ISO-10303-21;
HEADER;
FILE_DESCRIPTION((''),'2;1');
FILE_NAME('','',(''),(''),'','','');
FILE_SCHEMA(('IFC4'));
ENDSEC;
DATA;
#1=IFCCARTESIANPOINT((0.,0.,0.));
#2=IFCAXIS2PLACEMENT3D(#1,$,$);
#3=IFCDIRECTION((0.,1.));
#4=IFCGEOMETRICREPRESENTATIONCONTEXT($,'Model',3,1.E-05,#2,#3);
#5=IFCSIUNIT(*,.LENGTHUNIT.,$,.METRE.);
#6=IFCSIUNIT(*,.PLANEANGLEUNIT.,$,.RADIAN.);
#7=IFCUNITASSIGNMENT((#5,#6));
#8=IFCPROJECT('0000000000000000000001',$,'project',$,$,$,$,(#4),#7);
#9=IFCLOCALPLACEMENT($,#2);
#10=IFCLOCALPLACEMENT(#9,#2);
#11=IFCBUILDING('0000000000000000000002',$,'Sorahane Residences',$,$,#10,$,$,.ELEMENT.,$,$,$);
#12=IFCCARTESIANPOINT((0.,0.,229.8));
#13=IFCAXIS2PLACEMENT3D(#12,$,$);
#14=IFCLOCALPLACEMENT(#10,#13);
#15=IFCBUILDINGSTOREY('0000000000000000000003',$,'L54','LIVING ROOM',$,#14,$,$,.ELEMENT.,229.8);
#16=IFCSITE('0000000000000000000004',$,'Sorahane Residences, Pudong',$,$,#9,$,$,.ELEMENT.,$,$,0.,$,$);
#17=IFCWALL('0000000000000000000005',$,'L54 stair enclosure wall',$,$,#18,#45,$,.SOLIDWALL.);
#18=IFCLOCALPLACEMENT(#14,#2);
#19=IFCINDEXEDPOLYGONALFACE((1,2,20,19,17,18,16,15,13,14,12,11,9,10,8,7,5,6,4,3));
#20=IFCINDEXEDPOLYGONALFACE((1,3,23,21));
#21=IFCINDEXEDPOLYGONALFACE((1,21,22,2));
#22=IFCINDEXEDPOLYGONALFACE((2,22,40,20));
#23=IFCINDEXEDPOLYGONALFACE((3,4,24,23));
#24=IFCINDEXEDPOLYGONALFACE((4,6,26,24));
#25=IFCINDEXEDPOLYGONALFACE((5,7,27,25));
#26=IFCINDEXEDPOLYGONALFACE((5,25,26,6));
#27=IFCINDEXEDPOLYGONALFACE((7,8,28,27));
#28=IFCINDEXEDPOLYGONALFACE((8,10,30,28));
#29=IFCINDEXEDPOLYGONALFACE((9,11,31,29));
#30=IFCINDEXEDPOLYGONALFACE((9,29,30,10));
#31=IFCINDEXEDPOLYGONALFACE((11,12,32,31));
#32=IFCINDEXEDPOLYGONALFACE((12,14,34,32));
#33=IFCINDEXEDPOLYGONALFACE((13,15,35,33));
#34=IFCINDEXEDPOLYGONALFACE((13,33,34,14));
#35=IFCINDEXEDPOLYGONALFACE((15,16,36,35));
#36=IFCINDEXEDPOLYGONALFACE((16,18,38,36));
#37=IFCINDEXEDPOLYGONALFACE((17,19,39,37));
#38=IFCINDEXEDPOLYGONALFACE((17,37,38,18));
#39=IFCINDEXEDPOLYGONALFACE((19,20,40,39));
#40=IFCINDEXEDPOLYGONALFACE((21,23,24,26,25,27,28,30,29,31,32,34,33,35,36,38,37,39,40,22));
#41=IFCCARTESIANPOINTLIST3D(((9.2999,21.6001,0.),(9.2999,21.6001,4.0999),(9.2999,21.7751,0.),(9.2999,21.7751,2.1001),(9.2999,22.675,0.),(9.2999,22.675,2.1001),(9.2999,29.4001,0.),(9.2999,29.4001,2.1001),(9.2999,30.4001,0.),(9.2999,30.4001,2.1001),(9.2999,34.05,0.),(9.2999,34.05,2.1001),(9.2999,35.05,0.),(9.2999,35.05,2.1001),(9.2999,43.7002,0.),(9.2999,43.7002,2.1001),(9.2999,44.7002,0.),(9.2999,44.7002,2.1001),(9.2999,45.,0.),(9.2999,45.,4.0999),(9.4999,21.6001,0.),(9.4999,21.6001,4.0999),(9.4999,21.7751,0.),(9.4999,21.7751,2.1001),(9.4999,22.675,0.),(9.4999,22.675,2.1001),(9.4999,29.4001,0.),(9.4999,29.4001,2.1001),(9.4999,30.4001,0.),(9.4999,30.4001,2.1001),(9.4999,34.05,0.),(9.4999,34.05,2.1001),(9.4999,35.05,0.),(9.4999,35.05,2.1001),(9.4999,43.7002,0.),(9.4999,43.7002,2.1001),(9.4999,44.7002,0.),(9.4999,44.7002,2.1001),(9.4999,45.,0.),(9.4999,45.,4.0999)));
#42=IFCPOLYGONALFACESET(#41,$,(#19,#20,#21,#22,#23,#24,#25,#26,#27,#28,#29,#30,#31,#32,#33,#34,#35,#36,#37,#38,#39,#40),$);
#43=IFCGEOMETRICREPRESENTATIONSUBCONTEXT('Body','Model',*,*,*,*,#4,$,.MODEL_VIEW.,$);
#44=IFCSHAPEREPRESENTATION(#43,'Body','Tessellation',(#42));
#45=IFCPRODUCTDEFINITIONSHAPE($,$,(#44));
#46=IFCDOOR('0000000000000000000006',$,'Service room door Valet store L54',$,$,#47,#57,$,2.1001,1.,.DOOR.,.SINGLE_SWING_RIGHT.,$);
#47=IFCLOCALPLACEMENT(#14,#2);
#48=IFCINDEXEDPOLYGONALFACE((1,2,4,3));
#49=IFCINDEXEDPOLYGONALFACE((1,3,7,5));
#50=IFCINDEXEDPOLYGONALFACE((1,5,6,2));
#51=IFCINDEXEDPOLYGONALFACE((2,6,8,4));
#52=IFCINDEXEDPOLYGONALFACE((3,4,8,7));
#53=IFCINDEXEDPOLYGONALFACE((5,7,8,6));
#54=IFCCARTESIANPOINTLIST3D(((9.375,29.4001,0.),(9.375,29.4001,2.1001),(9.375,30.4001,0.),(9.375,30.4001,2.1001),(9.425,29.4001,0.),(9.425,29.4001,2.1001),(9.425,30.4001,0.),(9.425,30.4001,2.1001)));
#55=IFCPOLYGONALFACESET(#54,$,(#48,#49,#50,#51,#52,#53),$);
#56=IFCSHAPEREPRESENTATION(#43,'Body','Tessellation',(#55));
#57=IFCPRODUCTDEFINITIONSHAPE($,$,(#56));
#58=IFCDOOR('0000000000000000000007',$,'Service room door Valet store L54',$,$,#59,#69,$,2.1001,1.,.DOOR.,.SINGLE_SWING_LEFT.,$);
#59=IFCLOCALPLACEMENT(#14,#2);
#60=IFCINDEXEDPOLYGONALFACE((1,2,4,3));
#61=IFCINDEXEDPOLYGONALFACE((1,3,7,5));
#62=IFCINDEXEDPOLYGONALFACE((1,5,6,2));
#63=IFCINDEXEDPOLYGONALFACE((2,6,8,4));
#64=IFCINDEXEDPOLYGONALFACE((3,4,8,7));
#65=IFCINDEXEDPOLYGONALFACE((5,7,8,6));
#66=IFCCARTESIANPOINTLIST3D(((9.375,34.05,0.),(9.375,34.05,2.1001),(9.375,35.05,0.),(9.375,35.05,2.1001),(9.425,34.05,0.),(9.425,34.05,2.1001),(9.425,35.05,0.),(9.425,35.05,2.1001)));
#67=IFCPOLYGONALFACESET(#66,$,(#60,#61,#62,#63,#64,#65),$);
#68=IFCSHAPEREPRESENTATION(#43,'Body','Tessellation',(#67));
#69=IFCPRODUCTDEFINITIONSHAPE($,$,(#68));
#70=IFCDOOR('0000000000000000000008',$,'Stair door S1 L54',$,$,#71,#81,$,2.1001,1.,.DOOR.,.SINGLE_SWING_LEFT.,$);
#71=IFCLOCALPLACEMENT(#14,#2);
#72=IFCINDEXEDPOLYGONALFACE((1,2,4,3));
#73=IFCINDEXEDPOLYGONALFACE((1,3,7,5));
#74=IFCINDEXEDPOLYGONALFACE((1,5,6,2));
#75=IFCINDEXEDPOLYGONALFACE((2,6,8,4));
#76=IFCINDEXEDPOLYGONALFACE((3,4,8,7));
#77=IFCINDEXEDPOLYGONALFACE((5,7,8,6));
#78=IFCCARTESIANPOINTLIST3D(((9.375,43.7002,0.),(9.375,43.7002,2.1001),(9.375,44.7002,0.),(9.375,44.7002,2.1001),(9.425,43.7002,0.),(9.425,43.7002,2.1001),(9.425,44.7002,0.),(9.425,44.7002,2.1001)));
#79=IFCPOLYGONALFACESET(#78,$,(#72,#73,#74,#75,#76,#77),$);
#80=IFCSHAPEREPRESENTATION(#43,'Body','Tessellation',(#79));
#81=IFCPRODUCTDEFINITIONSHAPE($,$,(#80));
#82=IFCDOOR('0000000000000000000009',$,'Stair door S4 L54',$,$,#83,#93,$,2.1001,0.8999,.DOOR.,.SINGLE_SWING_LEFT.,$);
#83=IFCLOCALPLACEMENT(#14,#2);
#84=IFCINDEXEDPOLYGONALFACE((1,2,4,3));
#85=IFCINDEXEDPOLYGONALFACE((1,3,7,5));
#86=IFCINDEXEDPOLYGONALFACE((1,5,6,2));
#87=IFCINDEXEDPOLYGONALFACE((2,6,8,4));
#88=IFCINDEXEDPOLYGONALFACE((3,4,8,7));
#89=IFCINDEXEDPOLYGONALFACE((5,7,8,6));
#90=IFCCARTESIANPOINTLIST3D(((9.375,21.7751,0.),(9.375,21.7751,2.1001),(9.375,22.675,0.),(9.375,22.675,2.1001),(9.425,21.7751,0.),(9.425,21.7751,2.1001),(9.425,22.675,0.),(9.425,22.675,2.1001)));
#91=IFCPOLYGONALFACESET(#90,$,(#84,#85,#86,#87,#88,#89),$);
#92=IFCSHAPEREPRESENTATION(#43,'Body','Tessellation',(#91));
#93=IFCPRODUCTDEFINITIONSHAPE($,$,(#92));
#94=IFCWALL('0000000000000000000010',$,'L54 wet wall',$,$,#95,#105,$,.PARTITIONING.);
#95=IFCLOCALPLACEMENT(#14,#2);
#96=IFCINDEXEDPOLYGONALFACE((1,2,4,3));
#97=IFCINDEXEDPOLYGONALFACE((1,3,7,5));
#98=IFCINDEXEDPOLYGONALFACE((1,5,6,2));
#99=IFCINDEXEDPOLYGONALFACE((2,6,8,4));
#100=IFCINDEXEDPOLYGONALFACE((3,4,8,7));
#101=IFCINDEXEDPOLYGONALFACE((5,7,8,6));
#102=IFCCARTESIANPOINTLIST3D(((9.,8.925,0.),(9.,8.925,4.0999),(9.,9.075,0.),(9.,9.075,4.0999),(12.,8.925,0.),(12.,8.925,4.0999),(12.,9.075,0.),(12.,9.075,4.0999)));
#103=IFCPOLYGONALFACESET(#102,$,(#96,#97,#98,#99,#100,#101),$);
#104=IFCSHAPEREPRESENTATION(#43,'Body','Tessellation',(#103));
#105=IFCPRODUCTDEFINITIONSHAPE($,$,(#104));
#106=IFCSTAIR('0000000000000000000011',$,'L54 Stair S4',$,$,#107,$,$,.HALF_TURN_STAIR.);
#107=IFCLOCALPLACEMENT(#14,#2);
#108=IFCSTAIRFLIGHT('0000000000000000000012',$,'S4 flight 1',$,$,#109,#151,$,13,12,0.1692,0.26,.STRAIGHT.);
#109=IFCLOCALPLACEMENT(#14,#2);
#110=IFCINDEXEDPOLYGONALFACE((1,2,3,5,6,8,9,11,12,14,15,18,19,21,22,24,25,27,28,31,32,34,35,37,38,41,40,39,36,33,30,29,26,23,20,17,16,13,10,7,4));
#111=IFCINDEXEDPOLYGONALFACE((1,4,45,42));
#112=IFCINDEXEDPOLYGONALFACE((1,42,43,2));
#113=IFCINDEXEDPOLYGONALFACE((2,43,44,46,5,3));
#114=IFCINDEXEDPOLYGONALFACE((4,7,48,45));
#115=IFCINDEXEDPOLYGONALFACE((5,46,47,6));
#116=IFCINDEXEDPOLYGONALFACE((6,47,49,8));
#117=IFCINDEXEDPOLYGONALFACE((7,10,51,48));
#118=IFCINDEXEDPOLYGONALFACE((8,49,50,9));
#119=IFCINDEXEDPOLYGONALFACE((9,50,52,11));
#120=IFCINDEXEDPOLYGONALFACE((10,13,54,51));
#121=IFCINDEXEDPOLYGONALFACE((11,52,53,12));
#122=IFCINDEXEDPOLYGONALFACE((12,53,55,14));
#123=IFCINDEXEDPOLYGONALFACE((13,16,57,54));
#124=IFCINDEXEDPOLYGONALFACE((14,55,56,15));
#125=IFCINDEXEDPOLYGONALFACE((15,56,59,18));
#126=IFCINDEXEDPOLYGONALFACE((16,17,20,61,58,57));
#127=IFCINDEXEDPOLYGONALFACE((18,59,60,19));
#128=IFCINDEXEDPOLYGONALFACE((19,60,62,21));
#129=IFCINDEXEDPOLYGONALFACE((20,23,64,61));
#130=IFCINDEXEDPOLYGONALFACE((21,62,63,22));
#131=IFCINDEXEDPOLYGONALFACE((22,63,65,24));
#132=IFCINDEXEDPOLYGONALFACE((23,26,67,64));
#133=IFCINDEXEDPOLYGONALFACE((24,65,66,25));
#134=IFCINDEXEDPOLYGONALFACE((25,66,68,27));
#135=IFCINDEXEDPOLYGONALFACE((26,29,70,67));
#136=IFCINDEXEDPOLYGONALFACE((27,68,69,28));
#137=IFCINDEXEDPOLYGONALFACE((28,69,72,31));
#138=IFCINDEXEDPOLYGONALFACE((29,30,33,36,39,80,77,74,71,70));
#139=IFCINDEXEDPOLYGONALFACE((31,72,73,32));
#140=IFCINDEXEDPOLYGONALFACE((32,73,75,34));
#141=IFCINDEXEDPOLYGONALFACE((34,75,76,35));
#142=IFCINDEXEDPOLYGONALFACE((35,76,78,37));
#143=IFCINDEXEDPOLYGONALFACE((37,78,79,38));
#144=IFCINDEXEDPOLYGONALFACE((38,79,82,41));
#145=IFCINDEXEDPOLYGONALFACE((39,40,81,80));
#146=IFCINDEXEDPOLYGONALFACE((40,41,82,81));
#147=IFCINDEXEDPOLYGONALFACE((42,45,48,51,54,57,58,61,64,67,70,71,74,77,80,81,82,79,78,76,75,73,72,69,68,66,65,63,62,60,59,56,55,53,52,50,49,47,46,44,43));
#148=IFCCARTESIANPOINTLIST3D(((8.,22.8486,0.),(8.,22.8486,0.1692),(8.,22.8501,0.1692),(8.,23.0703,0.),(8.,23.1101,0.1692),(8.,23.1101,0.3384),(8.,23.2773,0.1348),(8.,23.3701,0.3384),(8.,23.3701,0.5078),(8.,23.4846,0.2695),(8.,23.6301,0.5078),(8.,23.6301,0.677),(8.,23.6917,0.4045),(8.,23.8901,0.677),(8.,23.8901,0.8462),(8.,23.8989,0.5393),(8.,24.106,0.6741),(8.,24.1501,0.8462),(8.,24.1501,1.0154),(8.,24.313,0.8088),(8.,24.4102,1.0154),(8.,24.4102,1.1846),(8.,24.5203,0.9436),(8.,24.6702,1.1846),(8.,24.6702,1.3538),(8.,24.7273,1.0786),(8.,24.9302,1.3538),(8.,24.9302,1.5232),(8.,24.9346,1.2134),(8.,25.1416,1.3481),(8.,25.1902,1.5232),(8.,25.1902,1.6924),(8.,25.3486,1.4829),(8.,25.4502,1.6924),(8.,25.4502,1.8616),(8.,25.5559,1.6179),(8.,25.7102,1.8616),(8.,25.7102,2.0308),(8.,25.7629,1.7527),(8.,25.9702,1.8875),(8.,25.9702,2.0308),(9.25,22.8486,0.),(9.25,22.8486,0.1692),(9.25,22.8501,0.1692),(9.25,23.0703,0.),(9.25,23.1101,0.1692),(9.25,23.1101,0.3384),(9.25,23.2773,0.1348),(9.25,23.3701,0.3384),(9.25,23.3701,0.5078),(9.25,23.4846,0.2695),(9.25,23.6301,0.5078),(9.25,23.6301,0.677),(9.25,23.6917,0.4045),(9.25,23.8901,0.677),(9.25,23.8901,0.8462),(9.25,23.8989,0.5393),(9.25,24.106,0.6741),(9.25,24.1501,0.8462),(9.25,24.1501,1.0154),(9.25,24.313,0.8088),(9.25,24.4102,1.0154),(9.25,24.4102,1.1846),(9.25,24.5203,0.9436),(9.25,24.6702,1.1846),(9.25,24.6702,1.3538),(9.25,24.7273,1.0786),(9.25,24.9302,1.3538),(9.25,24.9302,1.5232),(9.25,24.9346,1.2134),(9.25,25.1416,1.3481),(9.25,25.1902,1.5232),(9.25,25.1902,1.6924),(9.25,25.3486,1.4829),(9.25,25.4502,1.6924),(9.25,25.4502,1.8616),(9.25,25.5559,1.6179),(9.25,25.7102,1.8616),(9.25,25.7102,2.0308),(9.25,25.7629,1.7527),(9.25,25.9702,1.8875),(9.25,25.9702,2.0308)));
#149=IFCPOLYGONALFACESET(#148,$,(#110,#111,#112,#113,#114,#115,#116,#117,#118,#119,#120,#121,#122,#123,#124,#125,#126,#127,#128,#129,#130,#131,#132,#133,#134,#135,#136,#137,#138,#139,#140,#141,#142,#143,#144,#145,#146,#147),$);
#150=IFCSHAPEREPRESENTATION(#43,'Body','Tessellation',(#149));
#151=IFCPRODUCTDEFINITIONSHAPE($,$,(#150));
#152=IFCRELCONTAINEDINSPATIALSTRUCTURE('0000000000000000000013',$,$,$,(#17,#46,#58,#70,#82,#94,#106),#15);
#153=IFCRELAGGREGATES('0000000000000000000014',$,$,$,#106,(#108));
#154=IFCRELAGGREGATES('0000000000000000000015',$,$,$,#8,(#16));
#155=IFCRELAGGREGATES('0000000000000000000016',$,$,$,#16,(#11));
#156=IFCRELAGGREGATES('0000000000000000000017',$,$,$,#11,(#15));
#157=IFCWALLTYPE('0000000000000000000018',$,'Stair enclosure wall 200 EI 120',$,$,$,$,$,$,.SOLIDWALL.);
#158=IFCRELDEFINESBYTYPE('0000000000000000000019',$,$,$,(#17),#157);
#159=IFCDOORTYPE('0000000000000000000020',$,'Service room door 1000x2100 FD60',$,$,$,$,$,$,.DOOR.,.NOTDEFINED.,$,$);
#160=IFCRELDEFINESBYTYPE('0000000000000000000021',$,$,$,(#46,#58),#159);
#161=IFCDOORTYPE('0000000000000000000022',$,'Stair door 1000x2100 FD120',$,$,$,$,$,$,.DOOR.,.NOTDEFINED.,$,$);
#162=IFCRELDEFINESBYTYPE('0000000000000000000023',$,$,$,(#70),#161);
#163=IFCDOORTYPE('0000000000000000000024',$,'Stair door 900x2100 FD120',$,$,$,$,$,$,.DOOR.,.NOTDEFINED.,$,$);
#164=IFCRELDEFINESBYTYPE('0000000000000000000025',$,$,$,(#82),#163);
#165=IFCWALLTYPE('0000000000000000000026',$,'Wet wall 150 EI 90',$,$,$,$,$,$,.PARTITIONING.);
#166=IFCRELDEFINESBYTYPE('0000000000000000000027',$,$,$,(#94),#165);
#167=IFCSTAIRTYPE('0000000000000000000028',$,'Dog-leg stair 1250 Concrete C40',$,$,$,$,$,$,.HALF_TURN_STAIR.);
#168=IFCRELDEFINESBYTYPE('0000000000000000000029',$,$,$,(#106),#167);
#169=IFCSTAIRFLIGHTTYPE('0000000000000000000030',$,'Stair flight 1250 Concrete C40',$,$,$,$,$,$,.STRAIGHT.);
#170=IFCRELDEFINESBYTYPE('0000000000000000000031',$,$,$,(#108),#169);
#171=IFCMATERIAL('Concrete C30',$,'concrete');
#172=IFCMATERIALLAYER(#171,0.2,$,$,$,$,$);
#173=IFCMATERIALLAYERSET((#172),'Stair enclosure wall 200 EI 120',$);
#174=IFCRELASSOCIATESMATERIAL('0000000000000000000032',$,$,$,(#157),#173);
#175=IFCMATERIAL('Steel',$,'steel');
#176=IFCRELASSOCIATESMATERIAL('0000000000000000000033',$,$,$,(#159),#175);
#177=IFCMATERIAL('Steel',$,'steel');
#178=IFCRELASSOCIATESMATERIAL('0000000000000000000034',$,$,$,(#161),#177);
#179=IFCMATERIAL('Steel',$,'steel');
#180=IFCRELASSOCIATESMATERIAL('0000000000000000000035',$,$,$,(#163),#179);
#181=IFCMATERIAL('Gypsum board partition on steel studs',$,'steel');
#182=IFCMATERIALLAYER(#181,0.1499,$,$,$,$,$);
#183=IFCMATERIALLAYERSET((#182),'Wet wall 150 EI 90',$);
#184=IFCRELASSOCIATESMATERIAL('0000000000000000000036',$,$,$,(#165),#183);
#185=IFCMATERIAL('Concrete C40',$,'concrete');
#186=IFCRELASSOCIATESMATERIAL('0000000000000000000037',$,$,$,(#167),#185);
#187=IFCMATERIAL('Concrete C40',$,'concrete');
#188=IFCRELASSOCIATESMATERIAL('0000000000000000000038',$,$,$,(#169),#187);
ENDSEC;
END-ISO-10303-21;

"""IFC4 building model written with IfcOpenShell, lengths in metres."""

from ifc_helpers import new_model, si_unit, direction, frame, frame_2d, origin, place, context, subcontext, project, spatial, polyline, rectangle, outline, extrude, material, layer, layer_set, type_object, element, fill, aggregate, save


model = new_model("IFC4")

# Units and contexts
model_context = context("Model", 3, precision=1e-05, world=origin(), true_north=direction((0.0, 1.0)))
body_context = subcontext(model_context, "Body", "Model", "MODEL_VIEW")
ifc_project = project(units=[si_unit("LENGTHUNIT", "METRE"), si_unit("PLANEANGLEUNIT", "RADIAN")], contexts=[model_context])

# Site, building, storey
site_placement = place(None, origin())
site = spatial("IfcSite", under=ifc_project, at=site_placement, Name="Sorahane Residences, Pudong", CompositionType="ELEMENT", RefElevation=0.0)
building_placement = place(site_placement, origin())
building = spatial("IfcBuilding", under=site, at=building_placement, Name="Sorahane Residences", CompositionType="ELEMENT")
storey_placement = place(building_placement, frame((0.0, 0.0, 229.8)))
storey = spatial("IfcBuildingStorey", under=building, at=storey_placement, Name="L54", Description="LIVING ROOM", CompositionType="ELEMENT", Elevation=229.8)

# Wall, openings, doors
ifc_material_1 = material(Name="Concrete C30", Category="concrete")
ifc_layer_1 = layer(ifc_material_1, 0.2)
ifc_layer_set_1 = layer_set([ifc_layer_1], Name="Stair enclosure wall 200 EI 120")
wall_type_1 = type_object("IfcWallType", Name="Stair enclosure wall 200 EI 120", PredefinedType="SOLIDWALL", material=ifc_layer_set_1)
wall_1_placement = place(storey_placement, frame((9.3999, 21.6001, 0.0), z_axis=(0.0, 0.0, 1.0), x_axis=(0.0, 1.0, 0.0)))
wall_1 = element("IfcWall", 1, at=wall_1_placement, inside=storey, type_object=wall_type_1, Name="L54 stair enclosure wall", PredefinedType="SOLIDWALL", context=body_context, shape_type="SweptSolid", body=[
    extrude(rectangle(XDim=23.3999, YDim=0.2, at=frame_2d((11.7, 0.0))), origin(), (0.0, 0.0, 1.0), 4.0999),
])
opening_1_placement = place(wall_1_placement, frame((7.8, 0.0, 0.0)))
opening_1 = element("IfcOpeningElement", 2, at=opening_1_placement, cuts=wall_1, PredefinedType="OPENING", context=body_context, shape_type="SweptSolid", body=[
    extrude(rectangle(XDim=1.0, YDim=2.1001, at=frame_2d((0.5, 1.05))), frame((0.0, 0.1099, 0.0), z_axis=(0.0, -1.0, 0.0), x_axis=(1.0, 0.0, 0.0)), (0.0, 0.0, 1.0), 0.22),
])
opening_2_placement = place(wall_1_placement, frame((12.45, 0.0, 0.0)))
opening_2 = element("IfcOpeningElement", 3, at=opening_2_placement, cuts=wall_1, PredefinedType="OPENING", context=body_context, shape_type="SweptSolid", body=[
    extrude(rectangle(XDim=1.0, YDim=2.1001, at=frame_2d((0.5, 1.05))), frame((0.0, 0.1099, 0.0), z_axis=(0.0, -1.0, 0.0), x_axis=(1.0, 0.0, 0.0)), (0.0, 0.0, 1.0), 0.22),
])
opening_3_placement = place(wall_1_placement, frame((22.1001, 0.0, 0.0)))
opening_3 = element("IfcOpeningElement", 4, at=opening_3_placement, cuts=wall_1, PredefinedType="OPENING", context=body_context, shape_type="SweptSolid", body=[
    extrude(rectangle(XDim=1.0, YDim=2.1001, at=frame_2d((0.5, 1.05))), frame((0.0, 0.1099, 0.0), z_axis=(0.0, -1.0, 0.0), x_axis=(1.0, 0.0, 0.0)), (0.0, 0.0, 1.0), 0.22),
])
opening_4_placement = place(wall_1_placement, frame((0.175, 0.0, 0.0)))
opening_4 = element("IfcOpeningElement", 5, at=opening_4_placement, cuts=wall_1, PredefinedType="OPENING", context=body_context, shape_type="SweptSolid", body=[
    extrude(rectangle(XDim=0.8999, YDim=2.1001, at=frame_2d((0.45, 1.05))), frame((0.0, 0.1099, 0.0), z_axis=(0.0, -1.0, 0.0), x_axis=(1.0, 0.0, 0.0)), (0.0, 0.0, 1.0), 0.22),
])
ifc_material_2 = material(Name="Steel", Category="steel")
door_type_1 = type_object("IfcDoorType", Name="Service room door 1000x2100 FD60", OperationType="NOTDEFINED", PredefinedType="DOOR", material=ifc_material_2)
door_1_placement = place(opening_1_placement, origin())
door_1 = element("IfcDoor", 6, at=door_1_placement, inside=storey, type_object=door_type_1, Name="Service room door Valet store L54", OperationType="SINGLE_SWING_RIGHT", OverallHeight=2.1001, OverallWidth=1.0, PredefinedType="DOOR", context=body_context, shape_type="SweptSolid", body=[
    extrude(rectangle(XDim=1.0, YDim=2.1001, at=frame_2d((0.5, 1.05))), frame((0.0, 0.0249, 0.0), z_axis=(0.0, -1.0, 0.0), x_axis=(1.0, 0.0, 0.0)), (0.0, 0.0, 1.0), 0.05),
])
fill(opening_1, door_1)
door_2_placement = place(opening_2_placement, origin())
door_2 = element("IfcDoor", 7, at=door_2_placement, inside=storey, type_object=door_type_1, Name="Service room door Valet store L54", OperationType="SINGLE_SWING_LEFT", OverallHeight=2.1001, OverallWidth=1.0, PredefinedType="DOOR", context=body_context, shape_type="SweptSolid", body=[
    extrude(rectangle(XDim=1.0, YDim=2.1001, at=frame_2d((0.5, 1.05))), frame((0.0, 0.0249, 0.0), z_axis=(0.0, -1.0, 0.0), x_axis=(1.0, 0.0, 0.0)), (0.0, 0.0, 1.0), 0.05),
])
fill(opening_2, door_2)
ifc_material_3 = material(Name="Steel", Category="steel")
door_type_2 = type_object("IfcDoorType", Name="Stair door 1000x2100 FD120", OperationType="NOTDEFINED", PredefinedType="DOOR", material=ifc_material_3)
door_3_placement = place(opening_3_placement, origin())
door_3 = element("IfcDoor", 8, at=door_3_placement, inside=storey, type_object=door_type_2, Name="Stair door S1 L54", OperationType="SINGLE_SWING_LEFT", OverallHeight=2.1001, OverallWidth=1.0, PredefinedType="DOOR", context=body_context, shape_type="SweptSolid", body=[
    extrude(rectangle(XDim=1.0, YDim=2.1001, at=frame_2d((0.5, 1.05))), frame((0.0, 0.0249, 0.0), z_axis=(0.0, -1.0, 0.0), x_axis=(1.0, 0.0, 0.0)), (0.0, 0.0, 1.0), 0.05),
])
fill(opening_3, door_3)
ifc_material_4 = material(Name="Steel", Category="steel")
door_type_3 = type_object("IfcDoorType", Name="Stair door 900x2100 FD120", OperationType="NOTDEFINED", PredefinedType="DOOR", material=ifc_material_4)
door_4_placement = place(opening_4_placement, origin())
door_4 = element("IfcDoor", 9, at=door_4_placement, inside=storey, type_object=door_type_3, Name="Stair door S4 L54", OperationType="SINGLE_SWING_LEFT", OverallHeight=2.1001, OverallWidth=0.8999, PredefinedType="DOOR", context=body_context, shape_type="SweptSolid", body=[
    extrude(rectangle(XDim=0.8999, YDim=2.1001, at=frame_2d((0.45, 1.05))), frame((0.0, 0.0249, 0.0), z_axis=(0.0, -1.0, 0.0), x_axis=(1.0, 0.0, 0.0)), (0.0, 0.0, 1.0), 0.05),
])
fill(opening_4, door_4)

# Wall
ifc_material_5 = material(Name="Gypsum board partition on steel studs", Category="steel")
ifc_layer_2 = layer(ifc_material_5, 0.1499)
ifc_layer_set_2 = layer_set([ifc_layer_2], Name="Wet wall 150 EI 90")
wall_type_2 = type_object("IfcWallType", Name="Wet wall 150 EI 90", PredefinedType="PARTITIONING", material=ifc_layer_set_2)
wall_2_placement = place(storey_placement, frame((9.0, 9.0, 0.0), z_axis=(0.0, 0.0, 1.0), x_axis=(1.0, 0.0, 0.0)))
element("IfcWall", 10, at=wall_2_placement, inside=storey, type_object=wall_type_2, Name="L54 wet wall", PredefinedType="PARTITIONING", context=body_context, shape_type="SweptSolid", body=[
    extrude(rectangle(XDim=3.0, YDim=0.1499, at=frame_2d((1.5, 0.0))), origin(), (0.0, 0.0, 1.0), 4.0999),
])

# Stair, stair flight
ifc_material_6 = material(Name="Concrete C40", Category="concrete")
stair_type = type_object("IfcStairType", Name="Dog-leg stair 1250 Concrete C40", PredefinedType="HALF_TURN_STAIR", material=ifc_material_6)
stair_placement = place(storey_placement, origin())
stair = element("IfcStair", 11, at=stair_placement, inside=storey, type_object=stair_type, Name="L54 Stair S4", PredefinedType="HALF_TURN_STAIR")
ifc_material_7 = material(Name="Concrete C40", Category="concrete")
stair_flight_type = type_object("IfcStairFlightType", Name="Stair flight 1250 Concrete C40", PredefinedType="STRAIGHT", material=ifc_material_7)
stair_flight_placement = place(storey_placement, frame((8.625, 22.8501, 0.0), z_axis=(0.0, 0.0, 1.0), x_axis=(0.0, 1.0, 0.0)))
stair_flight = element("IfcStairFlight", 12, at=stair_flight_placement, type_object=stair_flight_type, Name="S4 flight 1", NumberOfRisers=13, NumberOfTreads=12, PredefinedType="STRAIGHT", RiserHeight=0.1692, TreadLength=0.26, context=body_context, shape_type="SweptSolid", body=[
    extrude(outline(polyline([(-0.0015, 0.0), (-0.0015, 0.1692), (0.0, 0.1692), (0.26, 0.1692), (0.26, 0.3384), (0.52, 0.3384), (0.52, 0.5078), (0.78, 0.5078), (0.78, 0.677), (1.04, 0.677), (1.04, 0.8462), (1.3, 0.8462), (1.3, 1.0154), (1.5601, 1.0154), (1.5601, 1.1846), (1.8201, 1.1846), (1.8201, 1.3538), (2.0801, 1.3538), (2.0801, 1.5232), (2.3401, 1.5232), (2.3401, 1.6924), (2.6001, 1.6924), (2.6001, 1.8616), (2.8601, 1.8616), (2.8601, 2.0308), (3.1201, 2.0308), (3.1201, 2.2), (3.1201, 1.8875), (2.9128, 1.7527), (2.7058, 1.6179), (2.4985, 1.4829), (2.2915, 1.3481), (2.0845, 1.2134), (1.8772, 1.0786), (1.6702, 0.9436), (1.4629, 0.8088), (1.2559, 0.6741), (1.0488, 0.5393), (0.8416, 0.4045), (0.6345, 0.2695), (0.4272, 0.1348), (0.2202, 0.0), (-0.0015, 0.0)])), frame((0.0, 0.625, 0.0), z_axis=(0.0, -1.0, 0.0), x_axis=(1.0, 0.0, 0.0)), (0.0, 0.0, 1.0), 1.25),
])
aggregate(stair, [stair_flight])

save(model, "model.ifc")
